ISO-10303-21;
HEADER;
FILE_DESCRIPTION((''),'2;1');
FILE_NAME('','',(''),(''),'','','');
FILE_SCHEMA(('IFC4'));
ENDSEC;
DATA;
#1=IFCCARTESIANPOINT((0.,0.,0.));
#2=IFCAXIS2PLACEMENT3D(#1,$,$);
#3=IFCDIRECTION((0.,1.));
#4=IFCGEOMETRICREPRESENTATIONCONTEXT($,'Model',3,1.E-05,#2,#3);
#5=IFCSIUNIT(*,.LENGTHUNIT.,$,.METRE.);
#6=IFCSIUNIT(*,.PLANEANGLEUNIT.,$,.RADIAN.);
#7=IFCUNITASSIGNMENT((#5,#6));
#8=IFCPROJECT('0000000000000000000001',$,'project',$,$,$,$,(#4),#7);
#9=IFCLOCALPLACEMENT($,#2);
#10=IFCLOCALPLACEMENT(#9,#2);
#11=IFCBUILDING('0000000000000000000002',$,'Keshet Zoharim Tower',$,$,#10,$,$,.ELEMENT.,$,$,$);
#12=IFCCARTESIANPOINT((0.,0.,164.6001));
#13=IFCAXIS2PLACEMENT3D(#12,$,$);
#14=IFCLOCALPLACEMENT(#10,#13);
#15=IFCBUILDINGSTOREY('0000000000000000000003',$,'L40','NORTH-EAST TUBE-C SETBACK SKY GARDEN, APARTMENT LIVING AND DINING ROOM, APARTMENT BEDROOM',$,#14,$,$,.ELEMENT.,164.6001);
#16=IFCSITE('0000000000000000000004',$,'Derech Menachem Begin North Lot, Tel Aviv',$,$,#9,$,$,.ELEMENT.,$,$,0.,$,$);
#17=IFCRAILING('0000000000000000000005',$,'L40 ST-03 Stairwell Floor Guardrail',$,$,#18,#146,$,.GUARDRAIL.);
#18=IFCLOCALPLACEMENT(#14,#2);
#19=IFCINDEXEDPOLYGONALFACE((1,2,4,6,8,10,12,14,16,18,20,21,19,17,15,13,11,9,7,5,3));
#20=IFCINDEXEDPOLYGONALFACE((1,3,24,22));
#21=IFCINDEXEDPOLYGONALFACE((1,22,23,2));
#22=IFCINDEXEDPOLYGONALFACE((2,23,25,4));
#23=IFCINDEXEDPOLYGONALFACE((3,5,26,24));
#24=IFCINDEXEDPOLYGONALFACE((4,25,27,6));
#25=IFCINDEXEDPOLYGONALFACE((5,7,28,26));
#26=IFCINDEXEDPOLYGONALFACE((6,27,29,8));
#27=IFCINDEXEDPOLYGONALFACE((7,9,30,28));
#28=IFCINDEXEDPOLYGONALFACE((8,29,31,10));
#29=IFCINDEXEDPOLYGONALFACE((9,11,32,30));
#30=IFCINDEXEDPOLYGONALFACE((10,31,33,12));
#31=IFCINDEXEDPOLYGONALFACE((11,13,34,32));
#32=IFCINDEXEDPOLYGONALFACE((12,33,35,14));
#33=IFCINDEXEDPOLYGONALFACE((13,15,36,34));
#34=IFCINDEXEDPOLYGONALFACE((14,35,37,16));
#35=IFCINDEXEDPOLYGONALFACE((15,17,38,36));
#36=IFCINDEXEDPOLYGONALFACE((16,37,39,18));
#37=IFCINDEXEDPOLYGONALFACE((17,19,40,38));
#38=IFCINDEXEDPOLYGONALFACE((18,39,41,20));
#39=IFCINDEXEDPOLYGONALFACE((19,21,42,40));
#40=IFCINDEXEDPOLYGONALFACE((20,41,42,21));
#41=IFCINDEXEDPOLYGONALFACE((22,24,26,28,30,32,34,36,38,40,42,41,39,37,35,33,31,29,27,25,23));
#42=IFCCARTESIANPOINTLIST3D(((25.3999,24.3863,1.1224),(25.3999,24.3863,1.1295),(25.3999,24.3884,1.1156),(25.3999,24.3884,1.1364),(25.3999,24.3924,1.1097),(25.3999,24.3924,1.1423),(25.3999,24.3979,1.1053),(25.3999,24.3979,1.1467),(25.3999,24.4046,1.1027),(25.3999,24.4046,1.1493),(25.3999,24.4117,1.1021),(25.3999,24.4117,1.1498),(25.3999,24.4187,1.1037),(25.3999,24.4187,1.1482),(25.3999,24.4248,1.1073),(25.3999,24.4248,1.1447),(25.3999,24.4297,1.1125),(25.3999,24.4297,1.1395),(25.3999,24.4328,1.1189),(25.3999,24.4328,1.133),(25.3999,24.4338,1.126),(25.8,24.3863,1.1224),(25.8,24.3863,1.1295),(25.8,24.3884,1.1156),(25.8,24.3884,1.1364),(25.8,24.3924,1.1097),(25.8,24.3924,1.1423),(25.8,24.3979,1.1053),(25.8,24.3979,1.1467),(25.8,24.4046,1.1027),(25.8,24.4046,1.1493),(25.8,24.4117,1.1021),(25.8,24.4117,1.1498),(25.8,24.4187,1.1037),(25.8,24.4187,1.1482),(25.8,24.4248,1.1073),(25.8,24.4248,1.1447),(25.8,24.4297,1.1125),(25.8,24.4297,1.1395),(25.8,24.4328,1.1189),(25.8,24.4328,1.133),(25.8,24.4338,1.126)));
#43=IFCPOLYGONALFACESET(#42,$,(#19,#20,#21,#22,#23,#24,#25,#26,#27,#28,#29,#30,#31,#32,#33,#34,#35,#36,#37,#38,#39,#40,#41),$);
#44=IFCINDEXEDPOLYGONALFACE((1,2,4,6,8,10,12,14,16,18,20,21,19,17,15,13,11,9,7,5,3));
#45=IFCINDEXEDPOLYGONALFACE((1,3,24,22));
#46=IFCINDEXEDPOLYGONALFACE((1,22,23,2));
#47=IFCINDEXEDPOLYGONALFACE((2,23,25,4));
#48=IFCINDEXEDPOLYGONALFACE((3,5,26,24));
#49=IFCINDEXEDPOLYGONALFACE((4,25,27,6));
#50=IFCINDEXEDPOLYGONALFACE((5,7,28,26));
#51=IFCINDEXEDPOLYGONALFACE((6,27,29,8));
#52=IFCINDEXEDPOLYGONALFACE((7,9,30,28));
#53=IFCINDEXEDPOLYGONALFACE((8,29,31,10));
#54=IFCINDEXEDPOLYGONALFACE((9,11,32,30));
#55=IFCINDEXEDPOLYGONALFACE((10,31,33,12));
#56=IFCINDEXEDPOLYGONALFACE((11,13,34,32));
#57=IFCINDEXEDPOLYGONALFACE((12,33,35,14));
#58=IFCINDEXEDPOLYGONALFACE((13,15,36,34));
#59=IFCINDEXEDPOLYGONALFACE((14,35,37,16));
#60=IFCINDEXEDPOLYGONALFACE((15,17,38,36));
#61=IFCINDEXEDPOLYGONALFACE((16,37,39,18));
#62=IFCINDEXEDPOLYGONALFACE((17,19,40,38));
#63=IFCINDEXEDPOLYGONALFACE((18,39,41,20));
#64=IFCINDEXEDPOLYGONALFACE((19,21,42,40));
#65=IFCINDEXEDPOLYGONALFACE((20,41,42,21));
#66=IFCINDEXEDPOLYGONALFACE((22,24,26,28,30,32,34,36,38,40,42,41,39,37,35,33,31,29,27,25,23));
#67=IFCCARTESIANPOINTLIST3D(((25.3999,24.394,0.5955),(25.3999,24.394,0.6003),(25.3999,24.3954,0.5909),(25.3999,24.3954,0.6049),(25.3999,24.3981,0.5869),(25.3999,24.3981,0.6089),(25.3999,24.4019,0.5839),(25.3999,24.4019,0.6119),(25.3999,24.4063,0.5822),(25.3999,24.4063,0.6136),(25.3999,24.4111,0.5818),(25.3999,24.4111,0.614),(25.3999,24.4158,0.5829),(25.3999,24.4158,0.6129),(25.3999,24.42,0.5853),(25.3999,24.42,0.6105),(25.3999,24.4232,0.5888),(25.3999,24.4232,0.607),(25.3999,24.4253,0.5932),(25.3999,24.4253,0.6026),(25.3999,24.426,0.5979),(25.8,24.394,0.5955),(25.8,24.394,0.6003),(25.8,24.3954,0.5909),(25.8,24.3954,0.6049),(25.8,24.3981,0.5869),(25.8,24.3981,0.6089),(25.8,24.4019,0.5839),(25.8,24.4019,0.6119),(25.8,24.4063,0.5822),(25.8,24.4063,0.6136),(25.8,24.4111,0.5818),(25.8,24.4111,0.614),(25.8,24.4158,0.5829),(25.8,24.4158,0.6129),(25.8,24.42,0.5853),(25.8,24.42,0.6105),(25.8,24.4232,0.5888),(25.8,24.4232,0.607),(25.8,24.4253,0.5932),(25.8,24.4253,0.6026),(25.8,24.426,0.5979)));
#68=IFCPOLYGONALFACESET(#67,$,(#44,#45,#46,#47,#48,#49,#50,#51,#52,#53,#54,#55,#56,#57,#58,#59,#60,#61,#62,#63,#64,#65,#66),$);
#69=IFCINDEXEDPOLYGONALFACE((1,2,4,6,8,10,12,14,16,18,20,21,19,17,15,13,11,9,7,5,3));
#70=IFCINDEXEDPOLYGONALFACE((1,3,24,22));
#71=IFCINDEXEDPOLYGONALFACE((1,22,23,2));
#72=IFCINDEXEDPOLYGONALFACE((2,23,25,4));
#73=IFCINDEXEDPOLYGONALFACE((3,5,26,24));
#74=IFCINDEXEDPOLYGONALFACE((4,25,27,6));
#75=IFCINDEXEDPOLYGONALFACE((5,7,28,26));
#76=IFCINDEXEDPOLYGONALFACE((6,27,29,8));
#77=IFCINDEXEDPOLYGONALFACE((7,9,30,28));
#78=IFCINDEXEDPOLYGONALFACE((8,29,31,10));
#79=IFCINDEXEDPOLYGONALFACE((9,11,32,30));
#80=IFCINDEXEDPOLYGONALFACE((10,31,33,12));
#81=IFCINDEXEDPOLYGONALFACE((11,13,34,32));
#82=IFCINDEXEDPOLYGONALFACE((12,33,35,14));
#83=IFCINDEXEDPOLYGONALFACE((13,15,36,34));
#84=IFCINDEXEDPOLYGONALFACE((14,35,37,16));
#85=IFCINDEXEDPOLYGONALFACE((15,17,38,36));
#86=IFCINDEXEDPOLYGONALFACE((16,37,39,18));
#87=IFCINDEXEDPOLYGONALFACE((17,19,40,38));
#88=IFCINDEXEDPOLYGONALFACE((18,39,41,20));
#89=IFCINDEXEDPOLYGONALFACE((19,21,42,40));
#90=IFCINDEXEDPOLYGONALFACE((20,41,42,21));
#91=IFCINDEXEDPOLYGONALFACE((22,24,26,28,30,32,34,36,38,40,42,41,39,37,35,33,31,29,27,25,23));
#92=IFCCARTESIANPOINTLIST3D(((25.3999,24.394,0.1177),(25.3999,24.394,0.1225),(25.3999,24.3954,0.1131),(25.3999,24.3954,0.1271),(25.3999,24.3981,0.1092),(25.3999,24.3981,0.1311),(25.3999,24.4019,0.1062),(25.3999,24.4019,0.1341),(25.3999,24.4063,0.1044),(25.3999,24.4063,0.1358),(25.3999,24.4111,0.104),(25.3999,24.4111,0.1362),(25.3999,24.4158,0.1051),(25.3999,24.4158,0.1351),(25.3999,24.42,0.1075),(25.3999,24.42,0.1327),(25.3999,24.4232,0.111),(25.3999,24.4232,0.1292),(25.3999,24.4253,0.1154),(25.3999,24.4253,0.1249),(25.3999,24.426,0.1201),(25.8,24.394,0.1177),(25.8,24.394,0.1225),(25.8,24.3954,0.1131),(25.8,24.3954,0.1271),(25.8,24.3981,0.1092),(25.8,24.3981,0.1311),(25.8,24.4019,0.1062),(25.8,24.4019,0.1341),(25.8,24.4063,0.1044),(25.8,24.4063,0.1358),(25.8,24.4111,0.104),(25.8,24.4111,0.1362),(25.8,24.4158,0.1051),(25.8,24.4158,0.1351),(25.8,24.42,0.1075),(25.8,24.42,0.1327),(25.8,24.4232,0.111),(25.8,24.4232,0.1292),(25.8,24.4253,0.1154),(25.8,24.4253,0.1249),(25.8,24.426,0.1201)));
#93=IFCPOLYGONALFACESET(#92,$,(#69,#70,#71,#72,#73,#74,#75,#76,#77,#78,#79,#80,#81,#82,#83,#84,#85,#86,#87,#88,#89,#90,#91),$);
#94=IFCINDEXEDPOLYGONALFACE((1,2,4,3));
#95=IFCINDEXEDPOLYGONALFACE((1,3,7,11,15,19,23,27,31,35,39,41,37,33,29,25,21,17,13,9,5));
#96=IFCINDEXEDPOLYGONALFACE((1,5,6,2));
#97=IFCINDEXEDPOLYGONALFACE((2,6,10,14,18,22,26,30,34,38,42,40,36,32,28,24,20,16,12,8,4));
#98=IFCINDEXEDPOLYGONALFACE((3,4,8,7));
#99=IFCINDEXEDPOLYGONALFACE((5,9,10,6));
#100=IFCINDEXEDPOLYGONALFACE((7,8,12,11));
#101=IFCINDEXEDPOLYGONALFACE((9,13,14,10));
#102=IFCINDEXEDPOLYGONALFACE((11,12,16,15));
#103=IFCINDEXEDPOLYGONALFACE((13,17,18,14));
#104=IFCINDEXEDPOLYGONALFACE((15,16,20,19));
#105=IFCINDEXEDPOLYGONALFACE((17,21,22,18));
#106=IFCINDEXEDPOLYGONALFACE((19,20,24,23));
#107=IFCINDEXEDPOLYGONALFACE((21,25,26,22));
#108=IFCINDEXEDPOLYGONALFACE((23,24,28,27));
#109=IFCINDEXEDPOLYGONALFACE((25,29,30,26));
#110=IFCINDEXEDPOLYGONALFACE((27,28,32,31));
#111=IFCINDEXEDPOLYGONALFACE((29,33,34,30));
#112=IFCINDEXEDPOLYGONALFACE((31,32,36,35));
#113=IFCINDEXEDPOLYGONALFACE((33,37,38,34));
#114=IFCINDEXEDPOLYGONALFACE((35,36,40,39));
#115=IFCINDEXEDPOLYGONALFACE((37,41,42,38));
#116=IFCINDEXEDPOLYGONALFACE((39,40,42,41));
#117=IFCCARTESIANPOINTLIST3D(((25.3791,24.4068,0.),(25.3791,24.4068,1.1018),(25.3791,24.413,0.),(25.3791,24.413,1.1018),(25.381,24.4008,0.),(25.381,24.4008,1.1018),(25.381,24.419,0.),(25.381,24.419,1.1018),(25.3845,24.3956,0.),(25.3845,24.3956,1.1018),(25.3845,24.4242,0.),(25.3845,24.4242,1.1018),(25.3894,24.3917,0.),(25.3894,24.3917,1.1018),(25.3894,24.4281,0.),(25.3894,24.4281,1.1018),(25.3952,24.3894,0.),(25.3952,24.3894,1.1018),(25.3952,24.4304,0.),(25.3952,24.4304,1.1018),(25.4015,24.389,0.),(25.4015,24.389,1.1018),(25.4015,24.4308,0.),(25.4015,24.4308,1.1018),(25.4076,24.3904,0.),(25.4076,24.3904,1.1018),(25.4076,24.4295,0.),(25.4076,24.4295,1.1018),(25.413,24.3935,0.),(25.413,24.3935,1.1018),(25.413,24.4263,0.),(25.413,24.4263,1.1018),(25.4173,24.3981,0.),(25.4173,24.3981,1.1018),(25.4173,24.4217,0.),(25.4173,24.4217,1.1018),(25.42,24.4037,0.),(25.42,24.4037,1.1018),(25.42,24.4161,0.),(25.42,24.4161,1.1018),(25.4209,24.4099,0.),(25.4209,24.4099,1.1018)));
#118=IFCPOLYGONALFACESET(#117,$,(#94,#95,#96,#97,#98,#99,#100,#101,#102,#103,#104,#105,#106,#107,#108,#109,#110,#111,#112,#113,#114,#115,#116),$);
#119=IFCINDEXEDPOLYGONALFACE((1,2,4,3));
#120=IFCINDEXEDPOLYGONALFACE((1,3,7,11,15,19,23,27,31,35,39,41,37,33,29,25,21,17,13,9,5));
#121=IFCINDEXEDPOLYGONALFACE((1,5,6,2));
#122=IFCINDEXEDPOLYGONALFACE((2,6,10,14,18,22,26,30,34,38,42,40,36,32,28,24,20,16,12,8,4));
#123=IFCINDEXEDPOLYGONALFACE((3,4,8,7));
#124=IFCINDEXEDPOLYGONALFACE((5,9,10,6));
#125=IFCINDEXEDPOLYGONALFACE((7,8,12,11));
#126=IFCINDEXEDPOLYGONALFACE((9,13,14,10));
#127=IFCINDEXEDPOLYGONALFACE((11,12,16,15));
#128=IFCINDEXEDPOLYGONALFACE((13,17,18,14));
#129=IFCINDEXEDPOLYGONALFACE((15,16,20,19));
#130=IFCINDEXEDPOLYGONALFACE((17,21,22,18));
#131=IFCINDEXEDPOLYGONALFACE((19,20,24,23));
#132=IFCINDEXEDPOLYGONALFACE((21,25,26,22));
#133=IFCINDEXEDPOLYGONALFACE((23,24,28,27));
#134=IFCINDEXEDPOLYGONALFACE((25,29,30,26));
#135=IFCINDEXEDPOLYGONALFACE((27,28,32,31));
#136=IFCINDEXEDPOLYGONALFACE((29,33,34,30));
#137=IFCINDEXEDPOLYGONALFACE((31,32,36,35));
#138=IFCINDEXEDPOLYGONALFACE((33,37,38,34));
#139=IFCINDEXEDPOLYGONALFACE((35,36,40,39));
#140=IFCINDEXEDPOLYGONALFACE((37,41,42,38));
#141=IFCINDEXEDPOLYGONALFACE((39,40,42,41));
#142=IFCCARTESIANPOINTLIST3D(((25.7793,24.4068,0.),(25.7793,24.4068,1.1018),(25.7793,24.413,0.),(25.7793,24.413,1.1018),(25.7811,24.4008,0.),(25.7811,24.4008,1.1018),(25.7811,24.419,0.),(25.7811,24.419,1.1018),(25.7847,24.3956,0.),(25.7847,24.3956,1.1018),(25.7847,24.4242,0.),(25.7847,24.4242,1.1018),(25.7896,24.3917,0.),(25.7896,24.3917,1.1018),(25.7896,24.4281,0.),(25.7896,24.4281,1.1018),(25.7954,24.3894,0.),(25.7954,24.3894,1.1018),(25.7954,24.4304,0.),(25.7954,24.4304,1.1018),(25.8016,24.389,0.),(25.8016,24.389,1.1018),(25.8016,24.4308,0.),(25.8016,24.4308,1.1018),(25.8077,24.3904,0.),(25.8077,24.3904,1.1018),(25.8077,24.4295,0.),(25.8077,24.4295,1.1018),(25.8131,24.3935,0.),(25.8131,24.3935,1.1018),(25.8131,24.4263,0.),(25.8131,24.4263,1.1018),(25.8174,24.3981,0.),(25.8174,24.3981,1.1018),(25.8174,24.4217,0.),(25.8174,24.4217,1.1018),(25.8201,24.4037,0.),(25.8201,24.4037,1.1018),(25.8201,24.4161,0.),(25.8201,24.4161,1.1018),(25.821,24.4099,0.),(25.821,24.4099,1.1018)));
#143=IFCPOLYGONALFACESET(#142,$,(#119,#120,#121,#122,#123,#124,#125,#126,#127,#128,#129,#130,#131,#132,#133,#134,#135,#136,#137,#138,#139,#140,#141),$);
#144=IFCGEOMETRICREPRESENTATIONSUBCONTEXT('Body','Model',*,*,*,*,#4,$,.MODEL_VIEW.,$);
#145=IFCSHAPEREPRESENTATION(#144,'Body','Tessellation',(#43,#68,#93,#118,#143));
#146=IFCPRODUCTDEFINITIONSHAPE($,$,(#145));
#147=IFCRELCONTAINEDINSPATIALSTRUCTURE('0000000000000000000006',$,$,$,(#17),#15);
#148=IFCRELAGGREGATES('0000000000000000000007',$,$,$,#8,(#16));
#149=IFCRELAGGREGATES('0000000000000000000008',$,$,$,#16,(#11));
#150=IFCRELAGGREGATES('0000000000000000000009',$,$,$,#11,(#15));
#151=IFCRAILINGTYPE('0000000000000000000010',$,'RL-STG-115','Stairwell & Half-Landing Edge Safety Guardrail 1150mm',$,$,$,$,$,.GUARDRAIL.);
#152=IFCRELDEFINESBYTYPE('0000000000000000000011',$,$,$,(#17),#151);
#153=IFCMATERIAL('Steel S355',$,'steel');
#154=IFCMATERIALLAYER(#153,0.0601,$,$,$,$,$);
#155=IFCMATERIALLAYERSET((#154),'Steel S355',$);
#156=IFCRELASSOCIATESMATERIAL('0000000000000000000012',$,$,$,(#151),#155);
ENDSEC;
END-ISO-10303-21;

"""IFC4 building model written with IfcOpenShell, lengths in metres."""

from ifc_helpers import new_model, si_unit, direction, frame, origin, origin_2d, place, context, subcontext, project, spatial, circle, extrude, material, layer, layer_set, type_object, element, save


model = new_model("IFC4")

# Units and contexts
model_context = context("Model", 3, precision=1e-05, world=origin(), true_north=direction((0.0, 1.0)))
body_context = subcontext(model_context, "Body", "Model", "MODEL_VIEW")
ifc_project = project(units=[si_unit("LENGTHUNIT", "METRE"), si_unit("PLANEANGLEUNIT", "RADIAN")], contexts=[model_context])

# Site, building, storey
site_placement = place(None, origin())
site = spatial("IfcSite", under=ifc_project, at=site_placement, Name="Derech Menachem Begin North Lot, Tel Aviv", CompositionType="ELEMENT", RefElevation=0.0)
building_placement = place(site_placement, origin())
building = spatial("IfcBuilding", under=site, at=building_placement, Name="Keshet Zoharim Tower", CompositionType="ELEMENT")
storey_placement = place(building_placement, frame((0.0, 0.0, 164.6001)))
storey = spatial("IfcBuildingStorey", under=building, at=storey_placement, Name="L40", Description="NORTH-EAST TUBE-C SETBACK SKY GARDEN, APARTMENT LIVING AND DINING ROOM, APARTMENT BEDROOM", CompositionType="ELEMENT", Elevation=164.6001)

# Shared definitions
ifc_material_1 = material(Name="Steel S355", Category="steel")

# Railing
ifc_layer_1 = layer(ifc_material_1, 0.0601)
ifc_layer_set_1 = layer_set([ifc_layer_1], Name="Steel S355")
railing_type_1 = type_object("IfcRailingType", Name="RL-STG-115", Description="Stairwell & Half-Landing Edge Safety Guardrail 1150mm", PredefinedType="GUARDRAIL", material=ifc_layer_set_1)
railing_1_placement = place(storey_placement, frame((25.3999, 24.4099, 0.0)))
element("IfcRailing", 1, at=railing_1_placement, inside=storey, type_object=railing_type_1, Name="L40 ST-03 Stairwell Floor Guardrail", PredefinedType="GUARDRAIL", context=body_context, shape_type="SweptSolid", body=[
    extrude(circle(Radius=0.0239, at=origin_2d()), frame((0.0, 0.0, 1.126), z_axis=(1.0, 0.0, 0.0), x_axis=(0.0, 1.0, 0.0)), (0.0, 0.0, 1.0), 0.4001),
    extrude(circle(Radius=0.0161, at=origin_2d()), frame((0.0, 0.0, 0.5979), z_axis=(1.0, 0.0, 0.0), x_axis=(0.0, 1.0, 0.0)), (0.0, 0.0, 1.0), 0.4001),
    extrude(circle(Radius=0.0161, at=origin_2d()), frame((0.0, 0.0, 0.1201), z_axis=(1.0, 0.0, 0.0), x_axis=(0.0, 1.0, 0.0)), (0.0, 0.0, 1.0), 0.4001),
    extrude(circle(Radius=0.021, at=origin_2d()), origin(), (0.0, 0.0, 1.0), 1.1018),
    extrude(circle(Radius=0.021, at=origin_2d()), frame((0.4001, 0.0, 0.0)), (0.0, 0.0, 1.0), 1.1018),
])

save(model, "model.ifc")
